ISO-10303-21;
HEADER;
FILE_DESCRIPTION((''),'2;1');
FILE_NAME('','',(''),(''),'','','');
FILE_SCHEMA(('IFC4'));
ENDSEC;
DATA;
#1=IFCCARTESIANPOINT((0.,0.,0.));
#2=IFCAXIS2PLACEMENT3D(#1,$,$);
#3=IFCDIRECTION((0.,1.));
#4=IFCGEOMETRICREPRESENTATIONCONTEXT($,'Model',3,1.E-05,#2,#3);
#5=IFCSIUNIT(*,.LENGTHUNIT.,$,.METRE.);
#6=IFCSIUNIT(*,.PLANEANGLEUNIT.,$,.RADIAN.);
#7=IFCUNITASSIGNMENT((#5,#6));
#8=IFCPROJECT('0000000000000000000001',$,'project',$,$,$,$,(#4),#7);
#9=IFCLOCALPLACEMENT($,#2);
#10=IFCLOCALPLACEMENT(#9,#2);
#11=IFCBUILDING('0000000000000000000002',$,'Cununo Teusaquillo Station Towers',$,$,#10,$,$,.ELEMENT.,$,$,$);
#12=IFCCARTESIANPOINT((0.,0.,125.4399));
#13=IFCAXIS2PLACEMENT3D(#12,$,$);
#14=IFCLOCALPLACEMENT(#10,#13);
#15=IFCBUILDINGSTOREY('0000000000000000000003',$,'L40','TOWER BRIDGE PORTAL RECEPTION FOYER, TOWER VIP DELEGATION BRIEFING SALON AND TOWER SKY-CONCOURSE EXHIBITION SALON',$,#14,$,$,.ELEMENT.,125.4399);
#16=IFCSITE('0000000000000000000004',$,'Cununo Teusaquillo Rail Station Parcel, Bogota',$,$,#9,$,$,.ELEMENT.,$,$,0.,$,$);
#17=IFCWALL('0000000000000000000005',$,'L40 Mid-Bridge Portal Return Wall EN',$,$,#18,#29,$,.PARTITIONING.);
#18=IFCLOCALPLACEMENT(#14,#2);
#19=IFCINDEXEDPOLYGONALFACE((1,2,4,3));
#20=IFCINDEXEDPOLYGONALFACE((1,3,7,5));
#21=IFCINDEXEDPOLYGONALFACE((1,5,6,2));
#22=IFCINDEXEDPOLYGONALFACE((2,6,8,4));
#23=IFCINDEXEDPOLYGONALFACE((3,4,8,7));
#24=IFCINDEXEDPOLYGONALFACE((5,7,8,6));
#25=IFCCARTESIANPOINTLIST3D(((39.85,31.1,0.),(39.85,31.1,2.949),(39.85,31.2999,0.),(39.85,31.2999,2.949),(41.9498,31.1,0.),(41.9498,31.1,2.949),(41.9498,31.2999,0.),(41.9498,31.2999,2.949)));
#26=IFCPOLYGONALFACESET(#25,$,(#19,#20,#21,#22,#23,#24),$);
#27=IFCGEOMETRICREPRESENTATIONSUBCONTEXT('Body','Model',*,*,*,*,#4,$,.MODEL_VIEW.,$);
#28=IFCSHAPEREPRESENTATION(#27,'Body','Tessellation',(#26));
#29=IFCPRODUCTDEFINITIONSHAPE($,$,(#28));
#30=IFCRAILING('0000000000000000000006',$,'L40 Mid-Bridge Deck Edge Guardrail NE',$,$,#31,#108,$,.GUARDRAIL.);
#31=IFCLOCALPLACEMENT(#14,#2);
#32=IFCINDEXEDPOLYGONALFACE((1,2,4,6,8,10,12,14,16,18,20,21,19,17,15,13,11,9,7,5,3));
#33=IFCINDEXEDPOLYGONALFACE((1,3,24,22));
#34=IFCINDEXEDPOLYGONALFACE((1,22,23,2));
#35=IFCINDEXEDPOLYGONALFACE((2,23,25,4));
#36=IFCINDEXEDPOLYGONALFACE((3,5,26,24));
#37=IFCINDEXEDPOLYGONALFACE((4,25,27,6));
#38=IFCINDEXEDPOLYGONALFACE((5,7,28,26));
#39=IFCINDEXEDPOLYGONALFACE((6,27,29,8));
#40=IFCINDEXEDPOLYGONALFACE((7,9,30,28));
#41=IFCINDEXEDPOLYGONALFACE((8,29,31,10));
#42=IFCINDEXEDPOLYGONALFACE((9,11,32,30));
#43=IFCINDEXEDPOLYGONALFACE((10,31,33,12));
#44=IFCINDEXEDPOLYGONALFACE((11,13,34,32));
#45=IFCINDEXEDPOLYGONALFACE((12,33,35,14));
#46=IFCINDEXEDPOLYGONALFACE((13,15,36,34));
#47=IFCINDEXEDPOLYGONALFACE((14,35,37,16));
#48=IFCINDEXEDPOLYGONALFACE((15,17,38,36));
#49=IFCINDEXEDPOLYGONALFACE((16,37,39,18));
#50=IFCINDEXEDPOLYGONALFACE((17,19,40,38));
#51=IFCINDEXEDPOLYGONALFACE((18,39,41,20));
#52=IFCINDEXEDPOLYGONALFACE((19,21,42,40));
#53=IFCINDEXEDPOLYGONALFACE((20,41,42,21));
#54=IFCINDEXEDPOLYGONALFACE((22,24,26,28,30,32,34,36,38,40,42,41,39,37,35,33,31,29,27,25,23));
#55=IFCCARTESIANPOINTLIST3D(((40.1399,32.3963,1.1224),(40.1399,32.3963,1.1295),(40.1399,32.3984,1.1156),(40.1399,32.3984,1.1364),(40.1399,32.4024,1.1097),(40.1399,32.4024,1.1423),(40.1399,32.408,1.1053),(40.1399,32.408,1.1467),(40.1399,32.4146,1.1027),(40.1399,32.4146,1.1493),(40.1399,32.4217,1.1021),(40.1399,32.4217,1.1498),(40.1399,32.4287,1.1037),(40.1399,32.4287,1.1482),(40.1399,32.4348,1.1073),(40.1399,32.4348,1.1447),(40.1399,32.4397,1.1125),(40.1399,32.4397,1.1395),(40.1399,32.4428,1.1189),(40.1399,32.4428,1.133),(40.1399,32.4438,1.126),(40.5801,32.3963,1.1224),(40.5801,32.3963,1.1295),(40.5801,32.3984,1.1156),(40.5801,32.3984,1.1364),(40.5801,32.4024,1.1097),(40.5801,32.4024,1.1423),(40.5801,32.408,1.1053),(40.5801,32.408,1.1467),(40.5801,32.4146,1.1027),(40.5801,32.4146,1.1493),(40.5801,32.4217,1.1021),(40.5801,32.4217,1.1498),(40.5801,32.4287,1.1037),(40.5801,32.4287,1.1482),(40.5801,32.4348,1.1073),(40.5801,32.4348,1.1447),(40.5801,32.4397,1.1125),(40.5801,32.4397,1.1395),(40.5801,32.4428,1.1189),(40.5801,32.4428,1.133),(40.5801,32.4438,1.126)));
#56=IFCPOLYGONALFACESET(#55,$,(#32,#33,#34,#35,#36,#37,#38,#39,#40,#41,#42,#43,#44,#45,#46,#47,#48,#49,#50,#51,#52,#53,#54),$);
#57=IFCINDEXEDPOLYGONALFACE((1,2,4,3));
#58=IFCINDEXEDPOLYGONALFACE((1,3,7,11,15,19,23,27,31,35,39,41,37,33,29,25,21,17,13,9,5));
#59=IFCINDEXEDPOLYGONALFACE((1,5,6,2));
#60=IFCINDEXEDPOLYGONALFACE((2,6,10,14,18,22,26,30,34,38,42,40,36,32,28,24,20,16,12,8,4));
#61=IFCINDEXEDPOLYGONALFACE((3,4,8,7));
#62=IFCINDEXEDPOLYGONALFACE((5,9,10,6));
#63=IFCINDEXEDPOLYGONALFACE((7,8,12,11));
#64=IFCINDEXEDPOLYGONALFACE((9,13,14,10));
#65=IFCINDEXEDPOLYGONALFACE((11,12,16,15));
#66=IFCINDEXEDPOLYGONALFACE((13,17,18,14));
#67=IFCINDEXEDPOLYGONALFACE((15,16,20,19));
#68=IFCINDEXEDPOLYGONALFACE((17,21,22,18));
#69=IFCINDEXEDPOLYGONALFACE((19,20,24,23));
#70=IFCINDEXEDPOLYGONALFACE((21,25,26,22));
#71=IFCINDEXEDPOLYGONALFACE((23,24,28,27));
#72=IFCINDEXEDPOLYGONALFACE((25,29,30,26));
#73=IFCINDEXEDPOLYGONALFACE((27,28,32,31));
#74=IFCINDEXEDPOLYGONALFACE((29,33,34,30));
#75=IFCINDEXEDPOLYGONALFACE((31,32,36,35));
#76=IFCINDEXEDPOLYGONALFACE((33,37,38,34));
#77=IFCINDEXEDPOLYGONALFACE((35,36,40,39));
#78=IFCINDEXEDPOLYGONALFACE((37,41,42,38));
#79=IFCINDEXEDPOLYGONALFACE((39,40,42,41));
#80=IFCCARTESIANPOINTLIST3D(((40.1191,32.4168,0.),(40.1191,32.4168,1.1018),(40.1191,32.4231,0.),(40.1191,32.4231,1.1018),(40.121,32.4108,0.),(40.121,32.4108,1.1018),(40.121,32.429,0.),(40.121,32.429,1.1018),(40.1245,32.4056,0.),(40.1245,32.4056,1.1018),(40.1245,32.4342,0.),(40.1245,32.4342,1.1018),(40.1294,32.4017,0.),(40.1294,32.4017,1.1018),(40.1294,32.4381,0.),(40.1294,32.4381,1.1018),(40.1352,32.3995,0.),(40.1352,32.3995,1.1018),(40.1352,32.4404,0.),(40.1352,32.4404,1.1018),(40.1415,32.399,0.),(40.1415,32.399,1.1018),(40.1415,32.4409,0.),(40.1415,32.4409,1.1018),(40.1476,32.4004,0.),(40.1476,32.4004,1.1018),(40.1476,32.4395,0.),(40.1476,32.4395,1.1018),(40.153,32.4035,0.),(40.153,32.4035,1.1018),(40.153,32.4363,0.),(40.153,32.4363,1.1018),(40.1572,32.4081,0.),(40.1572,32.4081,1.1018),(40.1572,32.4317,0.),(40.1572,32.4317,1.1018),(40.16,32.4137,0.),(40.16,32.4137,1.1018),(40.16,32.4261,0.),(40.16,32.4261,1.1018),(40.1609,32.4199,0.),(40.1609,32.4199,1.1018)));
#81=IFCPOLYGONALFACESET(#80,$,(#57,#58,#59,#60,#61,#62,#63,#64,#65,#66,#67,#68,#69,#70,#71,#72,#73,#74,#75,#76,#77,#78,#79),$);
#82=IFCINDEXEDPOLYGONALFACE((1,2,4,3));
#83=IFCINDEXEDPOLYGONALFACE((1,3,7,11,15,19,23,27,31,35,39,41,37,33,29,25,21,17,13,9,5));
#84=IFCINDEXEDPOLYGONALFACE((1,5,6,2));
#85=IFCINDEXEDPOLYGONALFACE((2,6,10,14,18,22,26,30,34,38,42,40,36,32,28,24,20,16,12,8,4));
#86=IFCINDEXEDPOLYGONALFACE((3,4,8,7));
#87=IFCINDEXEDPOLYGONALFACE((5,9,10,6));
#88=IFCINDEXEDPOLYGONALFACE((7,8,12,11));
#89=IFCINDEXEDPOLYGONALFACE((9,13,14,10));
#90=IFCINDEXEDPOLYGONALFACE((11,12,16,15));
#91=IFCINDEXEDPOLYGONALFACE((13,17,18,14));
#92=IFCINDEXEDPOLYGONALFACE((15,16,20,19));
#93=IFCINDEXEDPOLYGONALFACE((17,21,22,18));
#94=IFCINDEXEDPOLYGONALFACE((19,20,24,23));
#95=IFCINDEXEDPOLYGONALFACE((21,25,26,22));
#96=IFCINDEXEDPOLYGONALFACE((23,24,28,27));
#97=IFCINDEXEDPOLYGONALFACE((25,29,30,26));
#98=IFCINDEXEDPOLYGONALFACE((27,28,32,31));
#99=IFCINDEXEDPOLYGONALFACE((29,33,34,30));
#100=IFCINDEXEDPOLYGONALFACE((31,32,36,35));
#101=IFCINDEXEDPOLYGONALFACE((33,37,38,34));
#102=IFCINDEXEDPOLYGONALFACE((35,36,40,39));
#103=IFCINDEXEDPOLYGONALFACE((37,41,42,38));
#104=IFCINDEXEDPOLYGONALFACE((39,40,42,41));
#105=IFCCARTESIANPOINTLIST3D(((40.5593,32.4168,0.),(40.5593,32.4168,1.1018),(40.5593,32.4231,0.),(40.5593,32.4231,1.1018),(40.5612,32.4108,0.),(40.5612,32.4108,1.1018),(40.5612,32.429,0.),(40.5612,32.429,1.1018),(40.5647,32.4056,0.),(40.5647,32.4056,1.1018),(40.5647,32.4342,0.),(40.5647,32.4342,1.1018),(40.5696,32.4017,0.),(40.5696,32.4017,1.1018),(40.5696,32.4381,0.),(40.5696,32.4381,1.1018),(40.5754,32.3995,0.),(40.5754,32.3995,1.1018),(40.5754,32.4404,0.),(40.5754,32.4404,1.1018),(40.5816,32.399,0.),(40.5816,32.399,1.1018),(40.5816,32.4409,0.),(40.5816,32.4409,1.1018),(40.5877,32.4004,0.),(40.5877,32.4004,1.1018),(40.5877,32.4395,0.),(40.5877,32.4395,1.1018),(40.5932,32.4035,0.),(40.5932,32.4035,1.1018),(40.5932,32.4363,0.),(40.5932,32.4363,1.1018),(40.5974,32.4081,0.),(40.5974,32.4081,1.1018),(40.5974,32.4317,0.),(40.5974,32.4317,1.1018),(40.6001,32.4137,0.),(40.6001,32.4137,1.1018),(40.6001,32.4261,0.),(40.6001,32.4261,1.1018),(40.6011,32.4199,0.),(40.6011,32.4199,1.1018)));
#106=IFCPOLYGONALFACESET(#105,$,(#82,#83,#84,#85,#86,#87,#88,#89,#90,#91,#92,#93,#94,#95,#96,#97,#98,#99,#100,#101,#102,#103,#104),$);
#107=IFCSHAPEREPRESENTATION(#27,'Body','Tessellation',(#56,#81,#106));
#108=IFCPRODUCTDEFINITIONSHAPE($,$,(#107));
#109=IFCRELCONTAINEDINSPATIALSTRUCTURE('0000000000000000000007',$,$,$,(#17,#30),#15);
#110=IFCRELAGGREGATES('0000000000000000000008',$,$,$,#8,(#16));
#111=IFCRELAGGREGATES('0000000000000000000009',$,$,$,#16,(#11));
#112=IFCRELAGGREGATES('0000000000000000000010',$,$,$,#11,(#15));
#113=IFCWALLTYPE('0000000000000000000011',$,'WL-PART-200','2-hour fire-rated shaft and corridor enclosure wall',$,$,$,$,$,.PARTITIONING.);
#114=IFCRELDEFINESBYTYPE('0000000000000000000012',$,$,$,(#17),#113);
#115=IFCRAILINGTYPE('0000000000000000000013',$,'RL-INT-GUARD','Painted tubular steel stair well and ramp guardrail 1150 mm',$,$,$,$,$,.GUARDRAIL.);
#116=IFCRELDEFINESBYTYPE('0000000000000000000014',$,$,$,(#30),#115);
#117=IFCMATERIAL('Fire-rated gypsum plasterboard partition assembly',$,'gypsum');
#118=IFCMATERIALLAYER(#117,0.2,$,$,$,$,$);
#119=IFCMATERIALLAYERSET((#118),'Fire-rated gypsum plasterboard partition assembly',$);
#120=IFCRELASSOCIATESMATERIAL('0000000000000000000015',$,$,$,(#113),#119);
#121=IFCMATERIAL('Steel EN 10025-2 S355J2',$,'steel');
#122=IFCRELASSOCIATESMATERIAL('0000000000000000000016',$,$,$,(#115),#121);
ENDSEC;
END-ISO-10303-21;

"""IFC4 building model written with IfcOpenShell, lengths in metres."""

from ifc_helpers import new_model, si_unit, direction, frame, frame_2d, origin, origin_2d, place, context, subcontext, project, spatial, rectangle, circle, extrude, material, layer, layer_set, type_object, element, save


model = new_model("IFC4")

# Units and contexts
model_context = context("Model", 3, precision=1e-05, world=origin(), true_north=direction((0.0, 1.0)))
body_context = subcontext(model_context, "Body", "Model", "MODEL_VIEW")
ifc_project = project(units=[si_unit("LENGTHUNIT", "METRE"), si_unit("PLANEANGLEUNIT", "RADIAN")], contexts=[model_context])

# Site, building, storey
site_placement = place(None, origin())
site = spatial("IfcSite", under=ifc_project, at=site_placement, Name="Cununo Teusaquillo Rail Station Parcel, Bogota", CompositionType="ELEMENT", RefElevation=0.0)
building_placement = place(site_placement, origin())
building = spatial("IfcBuilding", under=site, at=building_placement, Name="Cununo Teusaquillo Station Towers", CompositionType="ELEMENT")
storey_placement = place(building_placement, frame((0.0, 0.0, 125.4399)))
storey = spatial("IfcBuildingStorey", under=building, at=storey_placement, Name="L40", Description="TOWER BRIDGE PORTAL RECEPTION FOYER, TOWER VIP DELEGATION BRIEFING SALON AND TOWER SKY-CONCOURSE EXHIBITION SALON", CompositionType="ELEMENT", Elevation=125.4399)

# Wall
ifc_material_1 = material(Name="Fire-rated gypsum plasterboard partition assembly", Category="gypsum")
ifc_layer_1 = layer(ifc_material_1, 0.2)
ifc_layer_set_1 = layer_set([ifc_layer_1], Name="Fire-rated gypsum plasterboard partition assembly")
wall_type_1 = type_object("IfcWallType", Name="WL-PART-200", Description="2-hour fire-rated shaft and corridor enclosure wall", PredefinedType="PARTITIONING", material=ifc_layer_set_1)
wall_1_placement = place(storey_placement, frame((39.8501, 31.2, 0.0), z_axis=(0.0, 0.0, 1.0), x_axis=(1.0, 0.0, 0.0)))
element("IfcWall", 1, at=wall_1_placement, inside=storey, type_object=wall_type_1, Name="L40 Mid-Bridge Portal Return Wall EN", PredefinedType="PARTITIONING", context=body_context, shape_type="SweptSolid", body=[
    extrude(rectangle(XDim=2.0999, YDim=0.2, at=frame_2d((1.0498, 0.0))), origin(), (0.0, 0.0, 1.0), 2.949),
])

# Railing
ifc_material_2 = material(Name="Steel EN 10025-2 S355J2", Category="steel")
railing_type = type_object("IfcRailingType", Name="RL-INT-GUARD", Description="Painted tubular steel stair well and ramp guardrail 1150 mm", PredefinedType="GUARDRAIL", material=ifc_material_2)
railing_placement = place(storey_placement, frame((40.1399, 32.4199, 0.0)))
element("IfcRailing", 2, at=railing_placement, inside=storey, type_object=railing_type, Name="L40 Mid-Bridge Deck Edge Guardrail NE", PredefinedType="GUARDRAIL", context=body_context, shape_type="SweptSolid", body=[
    extrude(circle(Radius=0.0239, at=origin_2d()), frame((0.0, 0.0, 1.126), z_axis=(1.0, 0.0, 0.0), x_axis=(0.0, 1.0, 0.0)), (0.0, 0.0, 1.0), 0.4402),
    extrude(circle(Radius=0.021, at=origin_2d()), origin(), (0.0, 0.0, 1.0), 1.1018),
    extrude(circle(Radius=0.021, at=origin_2d()), frame((0.4402, 0.0, 0.0)), (0.0, 0.0, 1.0), 1.1018),
])

save(model, "model.ifc")
